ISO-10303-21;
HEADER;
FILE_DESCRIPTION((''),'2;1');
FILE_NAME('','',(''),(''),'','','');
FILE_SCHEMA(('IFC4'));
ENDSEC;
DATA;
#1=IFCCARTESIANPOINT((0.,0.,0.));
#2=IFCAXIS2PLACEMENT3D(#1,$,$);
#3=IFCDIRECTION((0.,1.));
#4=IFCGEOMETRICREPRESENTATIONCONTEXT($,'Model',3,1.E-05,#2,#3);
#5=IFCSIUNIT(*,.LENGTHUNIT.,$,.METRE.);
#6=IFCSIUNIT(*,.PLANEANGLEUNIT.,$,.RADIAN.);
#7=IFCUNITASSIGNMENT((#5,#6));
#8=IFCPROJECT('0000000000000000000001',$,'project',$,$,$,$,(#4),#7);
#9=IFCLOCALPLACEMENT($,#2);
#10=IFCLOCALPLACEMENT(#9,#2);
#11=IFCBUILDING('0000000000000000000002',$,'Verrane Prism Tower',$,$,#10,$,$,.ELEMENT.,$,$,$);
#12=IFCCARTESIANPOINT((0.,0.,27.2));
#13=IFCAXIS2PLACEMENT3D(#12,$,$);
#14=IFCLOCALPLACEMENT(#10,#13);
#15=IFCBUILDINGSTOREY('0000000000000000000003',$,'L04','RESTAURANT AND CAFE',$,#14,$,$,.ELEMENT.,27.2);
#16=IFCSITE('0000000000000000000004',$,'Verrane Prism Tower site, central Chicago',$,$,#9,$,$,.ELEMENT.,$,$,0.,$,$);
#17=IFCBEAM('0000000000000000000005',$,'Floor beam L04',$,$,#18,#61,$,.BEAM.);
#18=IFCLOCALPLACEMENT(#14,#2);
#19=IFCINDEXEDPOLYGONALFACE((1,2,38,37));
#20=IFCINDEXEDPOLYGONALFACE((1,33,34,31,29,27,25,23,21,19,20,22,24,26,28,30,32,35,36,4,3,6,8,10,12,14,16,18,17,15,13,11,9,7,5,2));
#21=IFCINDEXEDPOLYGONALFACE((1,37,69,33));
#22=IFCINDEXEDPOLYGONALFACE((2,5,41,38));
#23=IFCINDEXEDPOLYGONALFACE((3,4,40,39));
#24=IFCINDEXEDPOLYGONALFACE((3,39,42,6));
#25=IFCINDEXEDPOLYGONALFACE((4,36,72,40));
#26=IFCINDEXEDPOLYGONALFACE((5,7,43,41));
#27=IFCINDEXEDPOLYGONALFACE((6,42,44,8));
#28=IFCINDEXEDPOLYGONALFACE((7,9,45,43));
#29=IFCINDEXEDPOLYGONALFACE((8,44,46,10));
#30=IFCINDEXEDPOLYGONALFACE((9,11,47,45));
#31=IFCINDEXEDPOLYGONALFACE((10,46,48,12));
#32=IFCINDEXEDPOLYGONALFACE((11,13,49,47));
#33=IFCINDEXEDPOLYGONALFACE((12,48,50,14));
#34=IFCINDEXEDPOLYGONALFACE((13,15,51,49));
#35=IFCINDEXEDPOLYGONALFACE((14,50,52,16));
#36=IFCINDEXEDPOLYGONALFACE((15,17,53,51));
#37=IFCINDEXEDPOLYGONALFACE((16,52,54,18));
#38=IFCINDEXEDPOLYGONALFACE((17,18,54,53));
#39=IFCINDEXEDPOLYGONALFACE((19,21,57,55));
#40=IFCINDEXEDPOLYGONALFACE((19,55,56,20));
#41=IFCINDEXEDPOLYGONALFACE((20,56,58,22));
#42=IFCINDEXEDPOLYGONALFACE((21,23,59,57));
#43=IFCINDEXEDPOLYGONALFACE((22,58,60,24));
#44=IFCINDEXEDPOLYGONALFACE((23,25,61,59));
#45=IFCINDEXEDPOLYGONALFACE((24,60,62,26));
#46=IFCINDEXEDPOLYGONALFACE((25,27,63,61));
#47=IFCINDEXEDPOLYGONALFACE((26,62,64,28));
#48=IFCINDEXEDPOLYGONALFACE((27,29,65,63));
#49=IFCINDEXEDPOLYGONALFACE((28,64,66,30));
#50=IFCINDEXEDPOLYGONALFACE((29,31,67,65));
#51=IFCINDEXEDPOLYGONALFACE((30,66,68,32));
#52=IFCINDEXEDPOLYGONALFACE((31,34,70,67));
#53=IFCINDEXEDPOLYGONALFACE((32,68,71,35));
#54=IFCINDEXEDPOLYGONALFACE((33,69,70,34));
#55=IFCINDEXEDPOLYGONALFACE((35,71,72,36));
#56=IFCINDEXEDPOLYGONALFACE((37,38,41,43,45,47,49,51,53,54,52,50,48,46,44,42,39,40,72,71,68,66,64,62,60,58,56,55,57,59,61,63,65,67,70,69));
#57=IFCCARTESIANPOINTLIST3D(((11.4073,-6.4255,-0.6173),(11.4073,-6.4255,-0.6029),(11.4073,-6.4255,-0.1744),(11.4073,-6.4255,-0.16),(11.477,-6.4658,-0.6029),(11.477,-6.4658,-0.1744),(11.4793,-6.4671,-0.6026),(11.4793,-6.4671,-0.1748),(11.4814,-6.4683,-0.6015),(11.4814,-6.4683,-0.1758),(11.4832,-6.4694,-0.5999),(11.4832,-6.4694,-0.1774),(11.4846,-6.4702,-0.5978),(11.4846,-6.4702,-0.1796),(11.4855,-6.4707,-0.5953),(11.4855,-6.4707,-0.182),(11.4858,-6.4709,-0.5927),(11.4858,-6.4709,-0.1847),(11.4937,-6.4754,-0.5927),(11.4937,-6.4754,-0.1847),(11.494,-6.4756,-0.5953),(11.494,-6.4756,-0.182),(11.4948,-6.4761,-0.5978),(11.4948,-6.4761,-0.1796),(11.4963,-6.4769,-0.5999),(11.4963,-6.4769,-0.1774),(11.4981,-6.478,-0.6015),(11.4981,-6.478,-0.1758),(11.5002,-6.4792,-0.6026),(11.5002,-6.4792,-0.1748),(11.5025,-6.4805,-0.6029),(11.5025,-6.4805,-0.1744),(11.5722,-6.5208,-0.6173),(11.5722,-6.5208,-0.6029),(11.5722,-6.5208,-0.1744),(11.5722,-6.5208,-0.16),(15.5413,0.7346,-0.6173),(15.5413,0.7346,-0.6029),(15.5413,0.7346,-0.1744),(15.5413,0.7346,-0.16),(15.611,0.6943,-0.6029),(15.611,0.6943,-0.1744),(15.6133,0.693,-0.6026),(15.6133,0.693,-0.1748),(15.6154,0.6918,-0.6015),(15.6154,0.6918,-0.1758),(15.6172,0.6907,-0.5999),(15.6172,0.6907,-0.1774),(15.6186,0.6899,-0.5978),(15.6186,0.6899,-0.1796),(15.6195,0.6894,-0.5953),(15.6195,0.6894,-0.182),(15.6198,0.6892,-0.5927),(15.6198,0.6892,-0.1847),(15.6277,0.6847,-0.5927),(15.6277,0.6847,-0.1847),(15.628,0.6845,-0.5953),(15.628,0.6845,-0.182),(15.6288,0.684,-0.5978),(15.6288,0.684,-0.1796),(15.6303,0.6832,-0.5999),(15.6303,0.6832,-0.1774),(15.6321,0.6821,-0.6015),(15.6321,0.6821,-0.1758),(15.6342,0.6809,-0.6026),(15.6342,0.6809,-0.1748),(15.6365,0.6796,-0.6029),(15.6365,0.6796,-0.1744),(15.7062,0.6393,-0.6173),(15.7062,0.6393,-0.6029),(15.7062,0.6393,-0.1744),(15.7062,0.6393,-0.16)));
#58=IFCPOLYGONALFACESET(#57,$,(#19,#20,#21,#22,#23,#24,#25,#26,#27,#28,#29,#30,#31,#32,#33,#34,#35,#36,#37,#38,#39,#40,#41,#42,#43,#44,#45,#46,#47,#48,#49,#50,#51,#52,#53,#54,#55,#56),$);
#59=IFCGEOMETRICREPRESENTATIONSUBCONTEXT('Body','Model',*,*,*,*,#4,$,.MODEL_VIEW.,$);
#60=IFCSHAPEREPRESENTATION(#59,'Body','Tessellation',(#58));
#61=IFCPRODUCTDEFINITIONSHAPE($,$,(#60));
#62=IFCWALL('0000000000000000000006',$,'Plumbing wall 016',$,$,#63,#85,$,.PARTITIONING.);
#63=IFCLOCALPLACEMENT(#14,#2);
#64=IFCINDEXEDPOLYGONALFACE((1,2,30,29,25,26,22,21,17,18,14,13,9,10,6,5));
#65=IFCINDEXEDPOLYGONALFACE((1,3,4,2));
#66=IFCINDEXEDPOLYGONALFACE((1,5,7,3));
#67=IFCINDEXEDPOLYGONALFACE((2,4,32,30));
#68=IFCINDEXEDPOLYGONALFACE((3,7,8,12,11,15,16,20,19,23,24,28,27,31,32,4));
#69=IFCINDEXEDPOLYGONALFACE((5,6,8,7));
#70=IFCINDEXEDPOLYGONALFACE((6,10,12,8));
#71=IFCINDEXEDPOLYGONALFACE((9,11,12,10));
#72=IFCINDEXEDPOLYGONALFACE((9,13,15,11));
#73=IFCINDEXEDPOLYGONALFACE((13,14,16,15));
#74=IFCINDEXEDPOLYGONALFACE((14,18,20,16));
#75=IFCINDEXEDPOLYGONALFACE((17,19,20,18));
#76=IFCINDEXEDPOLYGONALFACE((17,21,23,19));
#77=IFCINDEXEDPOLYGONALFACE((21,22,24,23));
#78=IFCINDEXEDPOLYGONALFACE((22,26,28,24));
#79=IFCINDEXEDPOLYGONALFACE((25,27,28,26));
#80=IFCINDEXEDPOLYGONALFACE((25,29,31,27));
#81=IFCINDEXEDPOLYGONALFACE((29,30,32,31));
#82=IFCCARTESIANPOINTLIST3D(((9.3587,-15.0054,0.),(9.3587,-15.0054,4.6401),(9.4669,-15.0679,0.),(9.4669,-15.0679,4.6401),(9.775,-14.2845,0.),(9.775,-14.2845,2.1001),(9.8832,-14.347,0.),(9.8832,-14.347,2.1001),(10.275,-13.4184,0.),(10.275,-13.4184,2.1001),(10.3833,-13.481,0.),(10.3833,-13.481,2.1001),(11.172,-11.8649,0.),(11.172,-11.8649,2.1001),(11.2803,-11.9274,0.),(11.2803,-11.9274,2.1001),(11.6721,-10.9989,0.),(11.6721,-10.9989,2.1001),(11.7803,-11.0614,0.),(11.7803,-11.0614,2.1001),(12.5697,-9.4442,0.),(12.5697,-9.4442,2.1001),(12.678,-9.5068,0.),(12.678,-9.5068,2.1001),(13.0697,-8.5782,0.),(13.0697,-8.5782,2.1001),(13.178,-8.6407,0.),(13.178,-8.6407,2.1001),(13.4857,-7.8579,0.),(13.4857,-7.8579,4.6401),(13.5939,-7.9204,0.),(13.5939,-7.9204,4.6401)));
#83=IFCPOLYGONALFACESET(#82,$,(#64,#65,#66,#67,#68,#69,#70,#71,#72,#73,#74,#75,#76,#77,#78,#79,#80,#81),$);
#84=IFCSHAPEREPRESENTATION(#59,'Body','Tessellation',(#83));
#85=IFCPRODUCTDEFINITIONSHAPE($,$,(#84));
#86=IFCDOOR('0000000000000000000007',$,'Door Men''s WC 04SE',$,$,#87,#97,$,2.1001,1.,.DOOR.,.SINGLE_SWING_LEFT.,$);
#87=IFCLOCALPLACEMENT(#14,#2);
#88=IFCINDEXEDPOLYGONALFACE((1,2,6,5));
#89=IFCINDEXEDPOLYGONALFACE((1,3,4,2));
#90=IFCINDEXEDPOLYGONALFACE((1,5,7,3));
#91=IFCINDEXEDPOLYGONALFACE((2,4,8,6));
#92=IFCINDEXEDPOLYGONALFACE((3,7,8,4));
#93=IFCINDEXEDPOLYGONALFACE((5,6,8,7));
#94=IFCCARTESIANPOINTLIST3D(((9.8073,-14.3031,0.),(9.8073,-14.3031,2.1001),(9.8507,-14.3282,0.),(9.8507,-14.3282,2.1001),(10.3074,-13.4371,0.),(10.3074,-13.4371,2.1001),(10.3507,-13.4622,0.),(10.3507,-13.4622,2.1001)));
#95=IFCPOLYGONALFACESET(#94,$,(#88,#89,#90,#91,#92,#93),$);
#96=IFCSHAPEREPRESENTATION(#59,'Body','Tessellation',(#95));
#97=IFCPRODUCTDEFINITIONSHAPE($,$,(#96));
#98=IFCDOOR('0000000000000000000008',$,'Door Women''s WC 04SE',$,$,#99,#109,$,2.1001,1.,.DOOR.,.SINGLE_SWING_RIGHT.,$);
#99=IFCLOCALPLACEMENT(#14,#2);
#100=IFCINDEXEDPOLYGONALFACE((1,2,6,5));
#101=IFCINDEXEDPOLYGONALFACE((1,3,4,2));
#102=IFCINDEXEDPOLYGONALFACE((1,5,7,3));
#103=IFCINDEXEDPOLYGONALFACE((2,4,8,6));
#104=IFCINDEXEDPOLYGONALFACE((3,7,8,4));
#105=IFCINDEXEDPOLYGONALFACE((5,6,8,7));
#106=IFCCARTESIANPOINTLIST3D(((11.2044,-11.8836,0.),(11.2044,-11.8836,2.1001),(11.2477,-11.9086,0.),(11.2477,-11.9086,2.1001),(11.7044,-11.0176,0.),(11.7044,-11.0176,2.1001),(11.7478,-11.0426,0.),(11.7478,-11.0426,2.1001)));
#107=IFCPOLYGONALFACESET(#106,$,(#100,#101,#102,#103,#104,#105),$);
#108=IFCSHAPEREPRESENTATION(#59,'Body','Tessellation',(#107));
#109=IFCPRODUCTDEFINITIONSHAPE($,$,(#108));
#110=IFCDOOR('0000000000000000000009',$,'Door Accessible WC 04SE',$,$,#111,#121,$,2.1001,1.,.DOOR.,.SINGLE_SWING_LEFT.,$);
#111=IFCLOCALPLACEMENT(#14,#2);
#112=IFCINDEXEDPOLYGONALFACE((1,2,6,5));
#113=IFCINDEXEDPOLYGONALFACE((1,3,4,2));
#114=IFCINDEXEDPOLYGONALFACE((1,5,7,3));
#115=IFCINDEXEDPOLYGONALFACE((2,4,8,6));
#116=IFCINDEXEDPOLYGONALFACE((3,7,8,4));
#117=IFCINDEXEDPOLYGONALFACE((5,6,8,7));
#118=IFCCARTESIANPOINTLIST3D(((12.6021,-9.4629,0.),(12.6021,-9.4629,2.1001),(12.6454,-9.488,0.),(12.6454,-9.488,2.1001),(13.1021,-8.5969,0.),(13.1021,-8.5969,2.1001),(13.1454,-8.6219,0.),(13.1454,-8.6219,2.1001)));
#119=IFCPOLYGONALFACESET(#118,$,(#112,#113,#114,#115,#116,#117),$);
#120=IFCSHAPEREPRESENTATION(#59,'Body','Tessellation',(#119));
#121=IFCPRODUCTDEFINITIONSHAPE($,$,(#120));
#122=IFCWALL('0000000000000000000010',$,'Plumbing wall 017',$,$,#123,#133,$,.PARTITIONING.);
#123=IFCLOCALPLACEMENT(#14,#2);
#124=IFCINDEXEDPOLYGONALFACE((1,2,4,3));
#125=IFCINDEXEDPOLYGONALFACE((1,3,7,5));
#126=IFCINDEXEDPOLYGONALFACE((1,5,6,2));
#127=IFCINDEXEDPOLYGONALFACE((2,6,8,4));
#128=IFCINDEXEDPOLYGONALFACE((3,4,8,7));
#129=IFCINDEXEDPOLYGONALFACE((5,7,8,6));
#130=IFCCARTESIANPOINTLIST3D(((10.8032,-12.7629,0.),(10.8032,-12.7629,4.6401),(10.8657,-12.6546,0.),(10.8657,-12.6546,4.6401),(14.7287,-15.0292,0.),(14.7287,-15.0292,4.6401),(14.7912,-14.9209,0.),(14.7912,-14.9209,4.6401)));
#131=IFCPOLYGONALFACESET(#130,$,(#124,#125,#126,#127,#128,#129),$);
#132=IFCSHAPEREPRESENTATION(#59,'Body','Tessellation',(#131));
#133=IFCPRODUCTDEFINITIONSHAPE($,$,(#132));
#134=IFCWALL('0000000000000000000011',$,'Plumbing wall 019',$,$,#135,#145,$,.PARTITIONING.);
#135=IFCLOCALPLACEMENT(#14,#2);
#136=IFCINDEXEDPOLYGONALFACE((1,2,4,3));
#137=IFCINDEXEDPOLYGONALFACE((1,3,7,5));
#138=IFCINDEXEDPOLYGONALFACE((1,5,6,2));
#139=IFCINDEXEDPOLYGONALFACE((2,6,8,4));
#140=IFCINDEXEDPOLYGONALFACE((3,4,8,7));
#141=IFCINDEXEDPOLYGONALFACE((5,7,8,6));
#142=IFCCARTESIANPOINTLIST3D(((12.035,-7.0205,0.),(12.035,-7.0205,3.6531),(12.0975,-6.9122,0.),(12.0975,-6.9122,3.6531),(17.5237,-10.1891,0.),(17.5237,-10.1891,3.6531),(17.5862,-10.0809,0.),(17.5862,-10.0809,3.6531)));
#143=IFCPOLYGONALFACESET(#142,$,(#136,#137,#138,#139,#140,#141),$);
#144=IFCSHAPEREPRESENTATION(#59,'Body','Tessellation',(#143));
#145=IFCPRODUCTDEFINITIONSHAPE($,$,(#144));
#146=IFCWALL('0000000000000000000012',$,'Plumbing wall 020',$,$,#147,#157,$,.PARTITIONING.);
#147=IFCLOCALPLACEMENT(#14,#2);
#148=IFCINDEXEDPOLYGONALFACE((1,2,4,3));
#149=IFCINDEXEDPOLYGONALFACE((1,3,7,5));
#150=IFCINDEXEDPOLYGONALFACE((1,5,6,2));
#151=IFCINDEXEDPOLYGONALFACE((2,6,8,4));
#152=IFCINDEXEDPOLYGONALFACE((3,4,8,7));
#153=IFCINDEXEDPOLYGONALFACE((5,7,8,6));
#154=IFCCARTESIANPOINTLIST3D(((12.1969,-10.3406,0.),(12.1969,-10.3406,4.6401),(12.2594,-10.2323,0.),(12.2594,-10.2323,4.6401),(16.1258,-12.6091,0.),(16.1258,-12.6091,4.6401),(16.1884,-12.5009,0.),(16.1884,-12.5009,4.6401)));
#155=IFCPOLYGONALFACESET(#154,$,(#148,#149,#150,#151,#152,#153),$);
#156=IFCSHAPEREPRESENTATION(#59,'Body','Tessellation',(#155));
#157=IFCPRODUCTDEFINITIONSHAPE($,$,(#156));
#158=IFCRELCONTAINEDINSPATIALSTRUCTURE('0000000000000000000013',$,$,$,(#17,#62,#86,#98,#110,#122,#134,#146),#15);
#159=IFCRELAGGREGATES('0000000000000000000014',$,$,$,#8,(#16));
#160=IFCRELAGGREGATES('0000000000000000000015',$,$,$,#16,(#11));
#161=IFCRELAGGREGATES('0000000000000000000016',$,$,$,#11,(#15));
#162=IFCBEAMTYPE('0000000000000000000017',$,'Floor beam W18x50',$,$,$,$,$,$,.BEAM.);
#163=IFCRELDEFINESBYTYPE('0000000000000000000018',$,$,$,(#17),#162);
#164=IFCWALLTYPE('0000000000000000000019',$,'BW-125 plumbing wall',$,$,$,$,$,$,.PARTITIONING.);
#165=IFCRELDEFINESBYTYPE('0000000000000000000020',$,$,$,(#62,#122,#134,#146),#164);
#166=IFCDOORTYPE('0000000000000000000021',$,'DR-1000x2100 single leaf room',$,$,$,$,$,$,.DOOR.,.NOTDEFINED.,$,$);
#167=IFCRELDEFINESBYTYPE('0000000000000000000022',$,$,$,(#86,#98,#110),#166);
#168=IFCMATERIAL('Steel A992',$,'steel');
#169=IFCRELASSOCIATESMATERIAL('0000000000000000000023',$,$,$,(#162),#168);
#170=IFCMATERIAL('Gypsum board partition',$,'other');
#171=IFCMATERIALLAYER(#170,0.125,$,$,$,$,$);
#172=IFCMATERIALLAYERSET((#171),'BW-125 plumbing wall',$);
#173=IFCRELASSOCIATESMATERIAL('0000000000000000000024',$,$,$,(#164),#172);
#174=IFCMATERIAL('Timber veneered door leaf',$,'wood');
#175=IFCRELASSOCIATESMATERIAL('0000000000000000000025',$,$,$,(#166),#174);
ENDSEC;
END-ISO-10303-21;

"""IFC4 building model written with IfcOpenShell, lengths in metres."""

from ifc_helpers import new_model, si_unit, direction, frame, frame_2d, origin, origin_2d, place, context, subcontext, project, spatial, rectangle, i_section, extrude, material, layer, layer_set, material_profile, profile_set, type_object, element, fill, save


model = new_model("IFC4")

# Units and contexts
model_context = context("Model", 3, precision=1e-05, world=origin(), true_north=direction((0.0, 1.0)))
body_context = subcontext(model_context, "Body", "Model", "MODEL_VIEW")
ifc_project = project(units=[si_unit("LENGTHUNIT", "METRE"), si_unit("PLANEANGLEUNIT", "RADIAN")], contexts=[model_context])

# Site, building, storey
site_placement = place(None, origin())
site = spatial("IfcSite", under=ifc_project, at=site_placement, Name="Verrane Prism Tower site, central Chicago", CompositionType="ELEMENT", RefElevation=0.0)
building_placement = place(site_placement, origin())
building = spatial("IfcBuilding", under=site, at=building_placement, Name="Verrane Prism Tower", CompositionType="ELEMENT")
storey_placement = place(building_placement, frame((0.0, 0.0, 27.2)))
storey = spatial("IfcBuildingStorey", under=building, at=storey_placement, Name="L04", Description="RESTAURANT AND CAFE", CompositionType="ELEMENT", Elevation=27.2)

# Beam
ifc_material_1 = material(Name="Steel A992", Category="steel")
ifc_material_profile_1 = material_profile(ifc_material_1, i_section(OverallWidth=0.1904, OverallDepth=0.4573, WebThickness=0.009, FlangeThickness=0.0144, FilletRadius=0.0103, at=origin_2d()), Name="W18x50")
ifc_profile_set_1 = profile_set([ifc_material_profile_1], Name="Steel A992")
beam_type_1 = type_object("IfcBeamType", Name="Floor beam W18x50", PredefinedType="BEAM", material=ifc_profile_set_1)
beam_1_placement = place(storey_placement, frame((11.4897, -6.4731, -0.3887), z_axis=(0.50001, 0.866019, 0.0), x_axis=(-0.866019, 0.50001, 0.0)))
element("IfcBeam", 1, at=beam_1_placement, inside=storey, type_object=beam_type_1, Name="Floor beam L04", PredefinedType="BEAM", context=body_context, shape_type="SweptSolid", body=[
    extrude(i_section(OverallWidth=0.1904, OverallDepth=0.4573, WebThickness=0.009, FlangeThickness=0.0144, FilletRadius=0.0103, at=origin_2d()), origin(), (0.0, 0.0, 1.0), 8.2678),
])

# Wall, openings, doors
ifc_material_2 = material(Name="Gypsum board partition", Category="other")
ifc_layer_1 = layer(ifc_material_2, 0.125)
ifc_layer_set_1 = layer_set([ifc_layer_1], Name="BW-125 plumbing wall")
wall_type_1 = type_object("IfcWallType", Name="BW-125 plumbing wall", PredefinedType="PARTITIONING", material=ifc_layer_set_1)
wall_1_placement = place(storey_placement, frame((13.5398, -7.8892, 0.0), z_axis=(0.0, 0.0, 1.0), x_axis=(-0.500033, -0.866006, 0.0)))
wall_1 = element("IfcWall", 2, at=wall_1_placement, inside=storey, type_object=wall_type_1, Name="Plumbing wall 016", PredefinedType="PARTITIONING", context=body_context, shape_type="SweptSolid", body=[
    extrude(rectangle(XDim=8.2534, YDim=0.125, at=frame_2d((4.1267, 0.0))), origin(), (0.0, 0.0, 1.0), 4.6401),
])
opening_1_placement = place(wall_1_placement, frame((6.4209, 0.0, 0.0)))
opening_1 = element("IfcOpeningElement", 3, at=opening_1_placement, cuts=wall_1, PredefinedType="OPENING", context=body_context, shape_type="SweptSolid", body=[
    extrude(rectangle(XDim=1.0, YDim=2.1001, at=frame_2d((0.5, 1.05))), frame((0.0, 0.0725, 0.0), z_axis=(0.0, -1.0, 0.0), x_axis=(1.0, 0.0, 0.0)), (0.0, 0.0, 1.0), 0.145),
])
opening_2_placement = place(wall_1_placement, frame((3.627, 0.0, 0.0)))
opening_2 = element("IfcOpeningElement", 4, at=opening_2_placement, cuts=wall_1, PredefinedType="OPENING", context=body_context, shape_type="SweptSolid", body=[
    extrude(rectangle(XDim=1.0, YDim=2.1001, at=frame_2d((0.5, 1.05))), frame((0.0, 0.0725, 0.0), z_axis=(0.0, -1.0, 0.0), x_axis=(1.0, 0.0, 0.0)), (0.0, 0.0, 1.0), 0.145),
])
opening_3_placement = place(wall_1_placement, frame((0.8318, 0.0, 0.0)))
opening_3 = element("IfcOpeningElement", 5, at=opening_3_placement, cuts=wall_1, PredefinedType="OPENING", context=body_context, shape_type="SweptSolid", body=[
    extrude(rectangle(XDim=1.0, YDim=2.1001, at=frame_2d((0.5, 1.05))), frame((0.0, 0.0725, 0.0), z_axis=(0.0, -1.0, 0.0), x_axis=(1.0, 0.0, 0.0)), (0.0, 0.0, 1.0), 0.145),
])
ifc_material_3 = material(Name="Timber veneered door leaf", Category="wood")
door_type_1 = type_object("IfcDoorType", Name="DR-1000x2100 single leaf room", OperationType="NOTDEFINED", PredefinedType="DOOR", material=ifc_material_3)
door_1_placement = place(opening_1_placement, origin())
door_1 = element("IfcDoor", 6, at=door_1_placement, inside=storey, type_object=door_type_1, Name="Door Men's WC 04SE", OperationType="SINGLE_SWING_LEFT", OverallHeight=2.1001, OverallWidth=1.0, PredefinedType="DOOR", context=body_context, shape_type="SweptSolid", body=[
    extrude(rectangle(XDim=1.0, YDim=2.1001, at=frame_2d((0.5, 1.05))), frame((0.0, 0.0249, 0.0), z_axis=(0.0, -1.0, 0.0), x_axis=(1.0, 0.0, 0.0)), (0.0, 0.0, 1.0), 0.05),
])
fill(opening_1, door_1)
door_2_placement = place(opening_2_placement, origin())
door_2 = element("IfcDoor", 7, at=door_2_placement, inside=storey, type_object=door_type_1, Name="Door Women's WC 04SE", OperationType="SINGLE_SWING_RIGHT", OverallHeight=2.1001, OverallWidth=1.0, PredefinedType="DOOR", context=body_context, shape_type="SweptSolid", body=[
    extrude(rectangle(XDim=1.0, YDim=2.1001, at=frame_2d((0.5, 1.05))), frame((0.0, 0.0249, 0.0), z_axis=(0.0, -1.0, 0.0), x_axis=(1.0, 0.0, 0.0)), (0.0, 0.0, 1.0), 0.05),
])
fill(opening_2, door_2)
door_3_placement = place(opening_3_placement, origin())
door_3 = element("IfcDoor", 8, at=door_3_placement, inside=storey, type_object=door_type_1, Name="Door Accessible WC 04SE", OperationType="SINGLE_SWING_LEFT", OverallHeight=2.1001, OverallWidth=1.0, PredefinedType="DOOR", context=body_context, shape_type="SweptSolid", body=[
    extrude(rectangle(XDim=1.0, YDim=2.1001, at=frame_2d((0.5, 1.05))), frame((0.0, 0.0249, 0.0), z_axis=(0.0, -1.0, 0.0), x_axis=(1.0, 0.0, 0.0)), (0.0, 0.0, 1.0), 0.05),
])
fill(opening_3, door_3)

# Walls
wall_2_placement = place(storey_placement, frame((10.8345, -12.7087, 0.0), z_axis=(0.0, 0.0, 1.0), x_axis=(0.86603, -0.499991, 0.0)))
element("IfcWall", 9, at=wall_2_placement, inside=storey, type_object=wall_type_1, Name="Plumbing wall 017", PredefinedType="PARTITIONING", context=body_context, shape_type="SweptSolid", body=[
    extrude(rectangle(XDim=4.5327, YDim=0.125, at=frame_2d((2.2664, 0.0))), origin(), (0.0, 0.0, 1.0), 4.6401),
])
wall_3_placement = place(storey_placement, frame((12.0662, -6.9663, 0.0), z_axis=(0.0, 0.0, 1.0), x_axis=(0.866042, -0.499971, 0.0)))
element("IfcWall", 10, at=wall_3_placement, inside=storey, type_object=wall_type_1, Name="Plumbing wall 019", PredefinedType="PARTITIONING", context=body_context, shape_type="SweptSolid", body=[
    extrude(rectangle(XDim=6.3376, YDim=0.125, at=frame_2d((3.1689, 0.0))), origin(), (0.0, 0.0, 1.0), 3.6531),
])
wall_4_placement = place(storey_placement, frame((12.228, -10.2864, 0.0), z_axis=(0.0, 0.0, 1.0), x_axis=(0.866009, -0.500028, 0.0)))
element("IfcWall", 11, at=wall_4_placement, inside=storey, type_object=wall_type_1, Name="Plumbing wall 020", PredefinedType="PARTITIONING", context=body_context, shape_type="SweptSolid", body=[
    extrude(rectangle(XDim=4.5369, YDim=0.125, at=frame_2d((2.2686, 0.0))), origin(), (0.0, 0.0, 1.0), 4.6401),
])

save(model, "model.ifc")
